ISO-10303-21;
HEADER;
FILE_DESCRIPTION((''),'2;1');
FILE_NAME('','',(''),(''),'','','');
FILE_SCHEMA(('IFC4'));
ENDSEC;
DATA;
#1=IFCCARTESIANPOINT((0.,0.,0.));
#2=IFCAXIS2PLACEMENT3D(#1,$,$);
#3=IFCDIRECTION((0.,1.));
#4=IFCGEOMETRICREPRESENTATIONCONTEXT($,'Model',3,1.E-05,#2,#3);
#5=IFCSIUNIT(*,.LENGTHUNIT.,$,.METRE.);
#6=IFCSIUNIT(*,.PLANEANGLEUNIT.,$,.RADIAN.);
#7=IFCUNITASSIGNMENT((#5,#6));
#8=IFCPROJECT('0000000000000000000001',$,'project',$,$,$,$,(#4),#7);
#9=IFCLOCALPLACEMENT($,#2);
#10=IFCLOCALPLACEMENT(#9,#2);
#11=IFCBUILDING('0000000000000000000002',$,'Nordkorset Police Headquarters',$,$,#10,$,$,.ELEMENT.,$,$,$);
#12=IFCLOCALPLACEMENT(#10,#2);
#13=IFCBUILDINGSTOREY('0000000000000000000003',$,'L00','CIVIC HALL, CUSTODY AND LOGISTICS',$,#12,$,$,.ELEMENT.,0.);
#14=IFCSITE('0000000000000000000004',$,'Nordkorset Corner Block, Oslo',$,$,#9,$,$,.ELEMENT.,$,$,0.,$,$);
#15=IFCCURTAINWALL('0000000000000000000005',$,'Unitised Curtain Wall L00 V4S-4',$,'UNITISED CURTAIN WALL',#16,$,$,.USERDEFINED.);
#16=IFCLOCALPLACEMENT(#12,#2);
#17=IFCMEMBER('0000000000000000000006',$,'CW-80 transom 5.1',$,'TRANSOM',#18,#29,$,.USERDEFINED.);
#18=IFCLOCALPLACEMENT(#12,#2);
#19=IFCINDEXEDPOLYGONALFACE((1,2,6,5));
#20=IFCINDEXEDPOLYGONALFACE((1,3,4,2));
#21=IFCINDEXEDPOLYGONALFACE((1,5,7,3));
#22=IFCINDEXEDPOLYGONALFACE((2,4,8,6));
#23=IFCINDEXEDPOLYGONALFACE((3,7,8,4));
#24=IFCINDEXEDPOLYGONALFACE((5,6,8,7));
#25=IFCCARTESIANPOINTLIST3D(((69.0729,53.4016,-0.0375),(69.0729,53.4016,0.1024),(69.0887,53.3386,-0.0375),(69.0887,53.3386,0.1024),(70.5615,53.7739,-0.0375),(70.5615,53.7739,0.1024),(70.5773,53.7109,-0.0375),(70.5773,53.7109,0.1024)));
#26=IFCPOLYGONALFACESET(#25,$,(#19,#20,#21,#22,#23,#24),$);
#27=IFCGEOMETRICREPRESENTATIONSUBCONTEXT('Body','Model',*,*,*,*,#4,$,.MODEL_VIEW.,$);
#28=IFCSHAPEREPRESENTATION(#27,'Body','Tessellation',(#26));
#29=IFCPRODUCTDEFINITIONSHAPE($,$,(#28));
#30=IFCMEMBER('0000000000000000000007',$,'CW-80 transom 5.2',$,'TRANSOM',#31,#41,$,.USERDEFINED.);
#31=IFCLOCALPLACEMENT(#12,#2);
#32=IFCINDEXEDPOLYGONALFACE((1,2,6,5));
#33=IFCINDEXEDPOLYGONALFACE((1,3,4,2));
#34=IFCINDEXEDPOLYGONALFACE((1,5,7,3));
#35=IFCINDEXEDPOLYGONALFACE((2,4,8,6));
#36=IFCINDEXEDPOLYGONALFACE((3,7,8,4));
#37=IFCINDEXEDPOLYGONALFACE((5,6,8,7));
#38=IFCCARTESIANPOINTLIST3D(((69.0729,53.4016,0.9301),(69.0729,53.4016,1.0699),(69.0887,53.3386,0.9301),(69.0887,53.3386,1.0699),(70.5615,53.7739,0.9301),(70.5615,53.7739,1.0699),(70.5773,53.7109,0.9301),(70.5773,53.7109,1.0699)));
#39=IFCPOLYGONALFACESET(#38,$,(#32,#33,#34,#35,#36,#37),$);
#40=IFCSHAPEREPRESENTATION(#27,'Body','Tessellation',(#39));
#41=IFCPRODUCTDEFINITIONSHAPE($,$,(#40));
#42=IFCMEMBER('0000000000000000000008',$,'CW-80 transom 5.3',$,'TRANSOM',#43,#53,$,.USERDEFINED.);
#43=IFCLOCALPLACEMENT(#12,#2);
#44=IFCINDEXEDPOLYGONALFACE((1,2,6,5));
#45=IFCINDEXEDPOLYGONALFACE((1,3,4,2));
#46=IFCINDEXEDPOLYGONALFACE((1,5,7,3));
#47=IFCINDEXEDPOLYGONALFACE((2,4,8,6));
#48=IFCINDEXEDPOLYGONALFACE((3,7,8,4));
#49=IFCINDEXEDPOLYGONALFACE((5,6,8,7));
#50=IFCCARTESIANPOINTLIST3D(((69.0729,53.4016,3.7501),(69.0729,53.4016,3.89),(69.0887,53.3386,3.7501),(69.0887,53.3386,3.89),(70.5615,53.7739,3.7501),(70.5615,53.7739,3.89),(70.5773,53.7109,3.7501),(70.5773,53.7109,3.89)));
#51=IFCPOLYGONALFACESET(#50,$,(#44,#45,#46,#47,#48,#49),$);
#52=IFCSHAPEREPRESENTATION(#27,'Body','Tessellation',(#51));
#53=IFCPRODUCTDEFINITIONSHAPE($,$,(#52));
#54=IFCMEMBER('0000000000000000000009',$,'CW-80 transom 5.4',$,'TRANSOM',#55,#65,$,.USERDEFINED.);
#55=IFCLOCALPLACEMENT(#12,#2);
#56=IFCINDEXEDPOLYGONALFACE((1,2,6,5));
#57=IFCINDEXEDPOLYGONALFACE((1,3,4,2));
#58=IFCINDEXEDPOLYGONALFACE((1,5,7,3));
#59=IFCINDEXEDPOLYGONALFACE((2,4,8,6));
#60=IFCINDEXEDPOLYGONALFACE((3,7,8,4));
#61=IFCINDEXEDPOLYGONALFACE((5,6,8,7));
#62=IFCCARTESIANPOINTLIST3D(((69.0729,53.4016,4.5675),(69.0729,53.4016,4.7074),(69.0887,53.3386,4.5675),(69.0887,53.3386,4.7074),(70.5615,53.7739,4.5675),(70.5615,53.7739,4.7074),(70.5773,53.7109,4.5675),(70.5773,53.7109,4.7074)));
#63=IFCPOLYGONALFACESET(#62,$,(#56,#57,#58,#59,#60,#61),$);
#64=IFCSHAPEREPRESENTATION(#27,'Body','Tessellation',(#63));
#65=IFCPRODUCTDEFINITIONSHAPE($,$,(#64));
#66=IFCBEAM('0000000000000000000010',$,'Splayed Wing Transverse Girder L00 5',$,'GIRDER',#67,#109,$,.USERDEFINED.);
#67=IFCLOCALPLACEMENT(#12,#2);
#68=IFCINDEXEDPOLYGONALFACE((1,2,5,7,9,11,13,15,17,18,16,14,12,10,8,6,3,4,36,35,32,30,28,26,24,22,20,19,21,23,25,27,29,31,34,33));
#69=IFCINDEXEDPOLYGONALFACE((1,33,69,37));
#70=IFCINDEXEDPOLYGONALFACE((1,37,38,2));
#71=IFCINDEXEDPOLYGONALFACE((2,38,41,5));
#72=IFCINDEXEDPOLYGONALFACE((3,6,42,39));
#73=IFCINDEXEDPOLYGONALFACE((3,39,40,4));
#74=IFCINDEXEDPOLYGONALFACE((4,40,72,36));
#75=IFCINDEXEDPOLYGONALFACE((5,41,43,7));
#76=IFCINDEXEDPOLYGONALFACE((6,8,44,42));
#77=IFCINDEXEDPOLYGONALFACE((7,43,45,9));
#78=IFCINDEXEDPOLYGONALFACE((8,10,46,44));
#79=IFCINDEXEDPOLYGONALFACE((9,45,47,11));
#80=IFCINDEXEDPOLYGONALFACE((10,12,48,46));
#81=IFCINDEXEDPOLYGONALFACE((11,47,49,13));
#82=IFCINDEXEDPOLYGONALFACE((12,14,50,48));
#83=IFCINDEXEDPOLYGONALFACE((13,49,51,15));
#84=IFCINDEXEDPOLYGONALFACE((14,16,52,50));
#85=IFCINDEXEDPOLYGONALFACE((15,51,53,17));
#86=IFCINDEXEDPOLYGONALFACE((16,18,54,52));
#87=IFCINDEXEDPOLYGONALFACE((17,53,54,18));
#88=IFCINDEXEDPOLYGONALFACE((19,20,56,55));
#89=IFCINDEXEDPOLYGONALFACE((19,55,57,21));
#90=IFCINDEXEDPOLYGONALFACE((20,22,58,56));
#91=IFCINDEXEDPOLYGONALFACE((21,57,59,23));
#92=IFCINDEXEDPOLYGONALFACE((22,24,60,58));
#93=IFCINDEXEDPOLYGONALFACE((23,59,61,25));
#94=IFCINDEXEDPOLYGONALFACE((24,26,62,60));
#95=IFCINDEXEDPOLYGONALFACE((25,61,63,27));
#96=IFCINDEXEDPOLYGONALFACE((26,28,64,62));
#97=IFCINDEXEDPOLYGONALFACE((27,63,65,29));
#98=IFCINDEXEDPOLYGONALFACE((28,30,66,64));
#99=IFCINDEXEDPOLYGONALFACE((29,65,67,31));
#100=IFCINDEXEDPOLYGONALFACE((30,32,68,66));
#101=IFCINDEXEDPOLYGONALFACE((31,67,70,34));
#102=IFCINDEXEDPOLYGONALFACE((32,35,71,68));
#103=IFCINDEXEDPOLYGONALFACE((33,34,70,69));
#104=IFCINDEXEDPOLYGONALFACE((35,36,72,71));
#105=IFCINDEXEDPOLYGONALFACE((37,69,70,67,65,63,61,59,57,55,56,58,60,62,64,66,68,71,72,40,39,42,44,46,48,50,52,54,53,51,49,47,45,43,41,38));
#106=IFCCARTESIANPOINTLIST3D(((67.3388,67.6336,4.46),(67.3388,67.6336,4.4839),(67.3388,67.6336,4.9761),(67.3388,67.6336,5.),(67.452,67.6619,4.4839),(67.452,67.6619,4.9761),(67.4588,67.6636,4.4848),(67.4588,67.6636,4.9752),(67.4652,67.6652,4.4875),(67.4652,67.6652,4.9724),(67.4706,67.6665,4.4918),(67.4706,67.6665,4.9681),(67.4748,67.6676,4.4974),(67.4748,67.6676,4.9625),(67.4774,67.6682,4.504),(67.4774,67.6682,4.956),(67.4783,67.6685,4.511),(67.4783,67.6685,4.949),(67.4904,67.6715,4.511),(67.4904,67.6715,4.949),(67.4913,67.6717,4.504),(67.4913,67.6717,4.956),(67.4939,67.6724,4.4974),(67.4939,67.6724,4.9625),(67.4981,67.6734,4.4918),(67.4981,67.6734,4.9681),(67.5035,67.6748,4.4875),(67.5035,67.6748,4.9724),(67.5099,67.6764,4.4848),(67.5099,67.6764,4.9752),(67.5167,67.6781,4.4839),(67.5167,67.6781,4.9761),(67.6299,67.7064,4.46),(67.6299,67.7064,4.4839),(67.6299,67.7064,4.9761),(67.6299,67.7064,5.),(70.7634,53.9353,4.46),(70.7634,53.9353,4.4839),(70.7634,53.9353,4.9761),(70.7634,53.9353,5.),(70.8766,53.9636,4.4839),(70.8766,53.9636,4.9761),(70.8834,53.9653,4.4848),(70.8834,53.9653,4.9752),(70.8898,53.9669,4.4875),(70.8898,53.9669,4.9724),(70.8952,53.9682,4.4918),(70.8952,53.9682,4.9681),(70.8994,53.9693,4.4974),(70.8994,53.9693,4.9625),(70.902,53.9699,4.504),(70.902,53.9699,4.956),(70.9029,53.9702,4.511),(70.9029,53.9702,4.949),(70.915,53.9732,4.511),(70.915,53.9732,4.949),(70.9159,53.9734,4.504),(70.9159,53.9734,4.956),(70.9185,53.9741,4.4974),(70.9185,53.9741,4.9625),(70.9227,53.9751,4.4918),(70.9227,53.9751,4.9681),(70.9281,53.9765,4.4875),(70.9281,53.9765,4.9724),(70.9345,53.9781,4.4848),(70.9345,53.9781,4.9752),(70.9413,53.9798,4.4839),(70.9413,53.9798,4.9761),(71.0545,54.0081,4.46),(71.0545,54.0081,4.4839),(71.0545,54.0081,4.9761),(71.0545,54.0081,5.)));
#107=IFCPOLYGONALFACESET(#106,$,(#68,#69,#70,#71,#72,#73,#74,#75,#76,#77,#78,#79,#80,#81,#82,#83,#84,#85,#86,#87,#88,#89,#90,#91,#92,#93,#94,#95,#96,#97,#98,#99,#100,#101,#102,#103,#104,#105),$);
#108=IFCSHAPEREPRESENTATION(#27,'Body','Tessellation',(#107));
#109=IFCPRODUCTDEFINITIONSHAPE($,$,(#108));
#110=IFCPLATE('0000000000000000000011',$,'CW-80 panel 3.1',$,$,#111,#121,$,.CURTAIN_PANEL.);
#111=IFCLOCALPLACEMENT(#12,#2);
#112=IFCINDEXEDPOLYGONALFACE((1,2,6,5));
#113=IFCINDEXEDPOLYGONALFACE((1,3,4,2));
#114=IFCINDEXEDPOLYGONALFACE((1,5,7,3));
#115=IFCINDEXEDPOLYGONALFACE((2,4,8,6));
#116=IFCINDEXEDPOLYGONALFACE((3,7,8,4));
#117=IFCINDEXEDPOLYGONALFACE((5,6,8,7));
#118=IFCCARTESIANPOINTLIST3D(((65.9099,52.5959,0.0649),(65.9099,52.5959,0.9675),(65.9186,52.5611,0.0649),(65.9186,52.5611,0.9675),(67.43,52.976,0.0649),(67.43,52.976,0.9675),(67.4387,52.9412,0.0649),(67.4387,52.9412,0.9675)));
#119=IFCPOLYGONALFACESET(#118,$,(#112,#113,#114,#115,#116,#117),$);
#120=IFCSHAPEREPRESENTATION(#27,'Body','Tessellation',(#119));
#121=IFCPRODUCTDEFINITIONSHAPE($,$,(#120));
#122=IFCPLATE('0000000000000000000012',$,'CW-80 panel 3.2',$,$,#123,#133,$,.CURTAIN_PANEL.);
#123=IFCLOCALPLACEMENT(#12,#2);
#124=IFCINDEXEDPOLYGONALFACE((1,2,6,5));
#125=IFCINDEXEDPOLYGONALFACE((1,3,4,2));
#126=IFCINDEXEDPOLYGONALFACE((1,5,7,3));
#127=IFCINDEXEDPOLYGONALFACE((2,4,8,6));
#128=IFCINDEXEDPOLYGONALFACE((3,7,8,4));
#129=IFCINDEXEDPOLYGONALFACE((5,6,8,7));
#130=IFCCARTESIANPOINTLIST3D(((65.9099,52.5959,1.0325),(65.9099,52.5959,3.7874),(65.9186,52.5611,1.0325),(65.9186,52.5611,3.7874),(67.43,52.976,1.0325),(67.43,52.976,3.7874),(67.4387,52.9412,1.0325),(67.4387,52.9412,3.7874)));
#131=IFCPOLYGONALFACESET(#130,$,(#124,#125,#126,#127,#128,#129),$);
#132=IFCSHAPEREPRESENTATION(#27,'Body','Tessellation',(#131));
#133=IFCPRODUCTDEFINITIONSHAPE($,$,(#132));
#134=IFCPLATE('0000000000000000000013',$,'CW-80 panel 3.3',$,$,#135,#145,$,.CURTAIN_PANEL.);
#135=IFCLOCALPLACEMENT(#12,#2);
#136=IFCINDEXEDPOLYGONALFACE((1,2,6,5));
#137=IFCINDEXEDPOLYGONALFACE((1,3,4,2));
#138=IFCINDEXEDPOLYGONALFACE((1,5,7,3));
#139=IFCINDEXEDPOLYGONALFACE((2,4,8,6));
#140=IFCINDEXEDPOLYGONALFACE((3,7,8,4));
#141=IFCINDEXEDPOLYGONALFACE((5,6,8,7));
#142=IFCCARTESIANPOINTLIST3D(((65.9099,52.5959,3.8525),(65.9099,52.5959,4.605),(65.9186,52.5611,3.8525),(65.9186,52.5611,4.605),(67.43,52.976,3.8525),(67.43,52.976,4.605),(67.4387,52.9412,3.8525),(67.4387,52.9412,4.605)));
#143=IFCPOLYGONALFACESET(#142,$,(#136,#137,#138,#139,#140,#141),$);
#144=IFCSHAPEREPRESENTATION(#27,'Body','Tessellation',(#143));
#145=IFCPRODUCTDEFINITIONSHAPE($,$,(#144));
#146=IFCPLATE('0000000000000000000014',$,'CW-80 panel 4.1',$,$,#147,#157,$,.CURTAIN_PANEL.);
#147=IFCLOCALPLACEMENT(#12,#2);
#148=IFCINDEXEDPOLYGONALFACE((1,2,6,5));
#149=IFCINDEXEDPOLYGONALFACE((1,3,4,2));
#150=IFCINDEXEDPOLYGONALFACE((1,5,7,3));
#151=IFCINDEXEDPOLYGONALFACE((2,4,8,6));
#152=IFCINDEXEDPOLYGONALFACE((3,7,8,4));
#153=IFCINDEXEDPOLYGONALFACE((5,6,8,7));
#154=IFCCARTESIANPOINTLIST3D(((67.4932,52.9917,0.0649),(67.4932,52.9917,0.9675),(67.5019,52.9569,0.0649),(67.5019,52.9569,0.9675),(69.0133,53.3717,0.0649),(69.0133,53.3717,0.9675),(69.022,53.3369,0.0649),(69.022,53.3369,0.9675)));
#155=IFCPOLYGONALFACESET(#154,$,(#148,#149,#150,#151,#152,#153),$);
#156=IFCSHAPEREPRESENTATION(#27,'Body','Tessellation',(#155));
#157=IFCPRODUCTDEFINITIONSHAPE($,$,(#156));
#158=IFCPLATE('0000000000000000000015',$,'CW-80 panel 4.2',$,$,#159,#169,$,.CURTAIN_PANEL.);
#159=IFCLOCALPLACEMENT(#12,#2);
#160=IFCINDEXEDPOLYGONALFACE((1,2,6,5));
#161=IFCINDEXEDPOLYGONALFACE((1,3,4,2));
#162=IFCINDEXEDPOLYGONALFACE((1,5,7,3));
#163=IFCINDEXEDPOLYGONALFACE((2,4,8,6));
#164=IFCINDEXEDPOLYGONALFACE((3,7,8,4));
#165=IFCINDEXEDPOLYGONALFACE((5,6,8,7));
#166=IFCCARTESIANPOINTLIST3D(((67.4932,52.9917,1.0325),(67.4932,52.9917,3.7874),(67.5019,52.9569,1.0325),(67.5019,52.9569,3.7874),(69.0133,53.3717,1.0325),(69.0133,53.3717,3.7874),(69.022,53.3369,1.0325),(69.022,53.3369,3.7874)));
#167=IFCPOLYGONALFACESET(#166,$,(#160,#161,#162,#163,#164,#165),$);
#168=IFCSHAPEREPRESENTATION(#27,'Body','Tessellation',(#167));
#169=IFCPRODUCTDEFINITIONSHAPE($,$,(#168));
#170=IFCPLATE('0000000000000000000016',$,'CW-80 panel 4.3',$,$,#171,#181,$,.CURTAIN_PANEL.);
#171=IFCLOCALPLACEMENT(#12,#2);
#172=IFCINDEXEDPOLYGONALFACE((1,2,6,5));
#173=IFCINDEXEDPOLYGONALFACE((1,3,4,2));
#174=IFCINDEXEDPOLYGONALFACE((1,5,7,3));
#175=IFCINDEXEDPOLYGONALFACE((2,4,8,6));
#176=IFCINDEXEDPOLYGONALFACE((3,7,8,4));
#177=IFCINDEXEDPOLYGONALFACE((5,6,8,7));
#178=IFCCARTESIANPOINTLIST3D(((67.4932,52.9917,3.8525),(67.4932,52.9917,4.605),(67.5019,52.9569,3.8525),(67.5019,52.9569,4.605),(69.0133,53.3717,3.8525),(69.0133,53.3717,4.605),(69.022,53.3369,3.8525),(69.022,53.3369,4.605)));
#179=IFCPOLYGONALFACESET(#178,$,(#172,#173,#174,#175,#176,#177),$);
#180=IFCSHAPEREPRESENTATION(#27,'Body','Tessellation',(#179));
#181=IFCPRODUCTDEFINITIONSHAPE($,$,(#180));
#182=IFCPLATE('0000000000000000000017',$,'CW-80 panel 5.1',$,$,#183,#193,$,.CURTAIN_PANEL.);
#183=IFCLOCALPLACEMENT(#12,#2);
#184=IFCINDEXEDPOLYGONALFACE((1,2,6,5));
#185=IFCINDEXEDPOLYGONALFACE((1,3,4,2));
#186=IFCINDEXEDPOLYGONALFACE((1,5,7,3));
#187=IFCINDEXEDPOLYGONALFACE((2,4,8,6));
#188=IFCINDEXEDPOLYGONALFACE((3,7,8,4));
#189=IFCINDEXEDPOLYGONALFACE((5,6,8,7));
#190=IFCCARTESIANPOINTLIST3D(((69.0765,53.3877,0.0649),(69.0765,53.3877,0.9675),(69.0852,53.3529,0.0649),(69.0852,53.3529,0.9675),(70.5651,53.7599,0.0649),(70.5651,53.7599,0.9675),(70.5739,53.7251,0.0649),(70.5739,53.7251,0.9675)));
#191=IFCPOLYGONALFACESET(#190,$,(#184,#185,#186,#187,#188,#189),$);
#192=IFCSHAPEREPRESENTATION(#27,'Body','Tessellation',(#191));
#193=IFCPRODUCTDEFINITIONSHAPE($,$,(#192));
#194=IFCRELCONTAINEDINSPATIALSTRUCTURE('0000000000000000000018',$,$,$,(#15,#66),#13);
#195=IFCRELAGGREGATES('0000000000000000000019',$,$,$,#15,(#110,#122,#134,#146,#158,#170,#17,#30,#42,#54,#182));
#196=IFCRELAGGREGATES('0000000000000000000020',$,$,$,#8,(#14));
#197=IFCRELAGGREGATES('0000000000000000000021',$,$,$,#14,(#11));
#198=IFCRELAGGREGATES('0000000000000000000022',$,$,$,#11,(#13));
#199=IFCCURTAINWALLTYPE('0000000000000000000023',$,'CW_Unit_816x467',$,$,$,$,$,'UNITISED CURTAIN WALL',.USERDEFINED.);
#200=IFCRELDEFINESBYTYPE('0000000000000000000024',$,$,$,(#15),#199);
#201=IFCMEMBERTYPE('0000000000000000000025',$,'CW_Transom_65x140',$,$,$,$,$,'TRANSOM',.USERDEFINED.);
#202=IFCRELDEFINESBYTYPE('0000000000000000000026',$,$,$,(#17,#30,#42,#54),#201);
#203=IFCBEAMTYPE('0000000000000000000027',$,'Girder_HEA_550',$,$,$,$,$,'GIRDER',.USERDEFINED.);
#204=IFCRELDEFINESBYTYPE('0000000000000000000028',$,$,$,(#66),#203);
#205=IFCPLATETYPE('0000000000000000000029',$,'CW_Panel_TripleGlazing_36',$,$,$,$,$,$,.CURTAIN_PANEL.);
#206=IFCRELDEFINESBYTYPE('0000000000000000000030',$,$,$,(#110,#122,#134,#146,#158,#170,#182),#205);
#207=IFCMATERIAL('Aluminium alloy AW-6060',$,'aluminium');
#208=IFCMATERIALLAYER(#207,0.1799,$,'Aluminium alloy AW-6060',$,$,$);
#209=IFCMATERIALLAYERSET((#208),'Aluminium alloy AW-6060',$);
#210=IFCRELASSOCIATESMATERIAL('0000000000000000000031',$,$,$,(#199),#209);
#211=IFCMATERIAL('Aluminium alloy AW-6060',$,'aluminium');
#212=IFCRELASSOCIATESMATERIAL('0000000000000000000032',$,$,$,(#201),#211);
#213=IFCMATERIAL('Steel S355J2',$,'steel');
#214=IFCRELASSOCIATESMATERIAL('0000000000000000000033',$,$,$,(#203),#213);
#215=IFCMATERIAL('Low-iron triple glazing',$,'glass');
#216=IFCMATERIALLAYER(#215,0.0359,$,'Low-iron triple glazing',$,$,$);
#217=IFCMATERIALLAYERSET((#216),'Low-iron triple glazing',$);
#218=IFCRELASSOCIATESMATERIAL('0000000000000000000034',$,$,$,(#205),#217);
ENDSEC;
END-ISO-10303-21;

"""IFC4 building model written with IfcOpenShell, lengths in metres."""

from ifc_helpers import new_model, si_unit, direction, frame, origin, origin_2d, place, context, subcontext, project, spatial, rectangle, i_section, extrude, material, layer, layer_set, material_profile, profile_set, type_object, element, aggregate, save


model = new_model("IFC4")

# Units and contexts
model_context = context("Model", 3, precision=1e-05, world=origin(), true_north=direction((0.0, 1.0)))
body_context = subcontext(model_context, "Body", "Model", "MODEL_VIEW")
ifc_project = project(units=[si_unit("LENGTHUNIT", "METRE"), si_unit("PLANEANGLEUNIT", "RADIAN")], contexts=[model_context])

# Site, building, storey
site_placement = place(None, origin())
site = spatial("IfcSite", under=ifc_project, at=site_placement, Name="Nordkorset Corner Block, Oslo", CompositionType="ELEMENT", RefElevation=0.0)
building_placement = place(site_placement, origin())
building = spatial("IfcBuilding", under=site, at=building_placement, Name="Nordkorset Police Headquarters", CompositionType="ELEMENT")
storey_placement = place(building_placement, origin())
storey = spatial("IfcBuildingStorey", under=building, at=storey_placement, Name="L00", Description="CIVIC HALL, CUSTODY AND LOGISTICS", CompositionType="ELEMENT", Elevation=0.0)

# Curtain wall, members
ifc_material_1 = material(Name="Aluminium alloy AW-6060", Category="aluminium")
ifc_layer_1 = layer(ifc_material_1, 0.1799, Name="Aluminium alloy AW-6060")
ifc_layer_set_1 = layer_set([ifc_layer_1], Name="Aluminium alloy AW-6060")
curtain_wall_type = type_object("IfcCurtainWallType", Name="CW_Unit_816x467", ElementType="UNITISED CURTAIN WALL", PredefinedType="USERDEFINED", material=ifc_layer_set_1)
curtain_wall_placement = place(storey_placement, origin())
curtain_wall = element("IfcCurtainWall", 1, at=curtain_wall_placement, inside=storey, type_object=curtain_wall_type, Name="Unitised Curtain Wall L00 V4S-4", ObjectType="UNITISED CURTAIN WALL", PredefinedType="USERDEFINED")
ifc_material_2 = material(Name="Aluminium alloy AW-6060", Category="aluminium")
ifc_material_profile_1 = material_profile(ifc_material_2, rectangle(XDim=0.0649, YDim=0.1399, at=origin_2d()), Name="ALU TRAN 65x140")
ifc_profile_set_1 = profile_set([ifc_material_profile_1], Name="Aluminium alloy AW-6060")
member_type_1 = type_object("IfcMemberType", Name="CW_Transom_65x140", ElementType="TRANSOM", PredefinedType="USERDEFINED", material=ifc_profile_set_1)
member_1_placement = place(storey_placement, frame((69.0808, 53.3701, 0.0325), z_axis=(0.970114, 0.242648, 0.0), x_axis=(-0.242648, 0.970114, 0.0)))
member_1 = element("IfcMember", 2, at=member_1_placement, type_object=member_type_1, Name="CW-80 transom 5.1", ObjectType="TRANSOM", PredefinedType="USERDEFINED", context=body_context, shape_type="SweptSolid", body=[
    extrude(rectangle(XDim=0.0649, YDim=0.1399, at=origin_2d()), origin(), (0.0, 0.0, 1.0), 1.5344),
])
member_2_placement = place(storey_placement, frame((69.0808, 53.3701, 1.0), z_axis=(0.970114, 0.242648, 0.0), x_axis=(-0.242648, 0.970114, 0.0)))
member_2 = element("IfcMember", 3, at=member_2_placement, type_object=member_type_1, Name="CW-80 transom 5.2", ObjectType="TRANSOM", PredefinedType="USERDEFINED", context=body_context, shape_type="SweptSolid", body=[
    extrude(rectangle(XDim=0.0649, YDim=0.1399, at=origin_2d()), origin(), (0.0, 0.0, 1.0), 1.5344),
])
member_3_placement = place(storey_placement, frame((69.0808, 53.3701, 3.8201), z_axis=(0.970114, 0.242648, 0.0), x_axis=(-0.242648, 0.970114, 0.0)))
member_3 = element("IfcMember", 4, at=member_3_placement, type_object=member_type_1, Name="CW-80 transom 5.3", ObjectType="TRANSOM", PredefinedType="USERDEFINED", context=body_context, shape_type="SweptSolid", body=[
    extrude(rectangle(XDim=0.0649, YDim=0.1399, at=origin_2d()), origin(), (0.0, 0.0, 1.0), 1.5344),
])
member_4_placement = place(storey_placement, frame((69.0808, 53.3701, 4.6375), z_axis=(0.970114, 0.242648, 0.0), x_axis=(-0.242648, 0.970114, 0.0)))
member_4 = element("IfcMember", 5, at=member_4_placement, type_object=member_type_1, Name="CW-80 transom 5.4", ObjectType="TRANSOM", PredefinedType="USERDEFINED", context=body_context, shape_type="SweptSolid", body=[
    extrude(rectangle(XDim=0.0649, YDim=0.1399, at=origin_2d()), origin(), (0.0, 0.0, 1.0), 1.5344),
])

# Beam
ifc_material_3 = material(Name="Steel S355J2", Category="steel")
ifc_material_profile_2 = material_profile(ifc_material_3, i_section(OverallWidth=0.3, OverallDepth=0.54, WebThickness=0.0125, FlangeThickness=0.0239, FilletRadius=0.0271, at=origin_2d()), Name="HEA 550")
ifc_profile_set_2 = profile_set([ifc_material_profile_2], Name="Steel S355J2")
beam_type_1 = type_object("IfcBeamType", Name="Girder_HEA_550", ElementType="GIRDER", PredefinedType="USERDEFINED", material=ifc_profile_set_2)
beam_1_placement = place(storey_placement, frame((70.9089, 53.9717, 4.73), z_axis=(-0.242536, 0.970143, 0.0), x_axis=(-0.970143, -0.242536, 0.0)))
element("IfcBeam", 6, at=beam_1_placement, inside=storey, type_object=beam_type_1, Name="Splayed Wing Transverse Girder L00 5", ObjectType="GIRDER", PredefinedType="USERDEFINED", context=body_context, shape_type="SweptSolid", body=[
    extrude(i_section(OverallWidth=0.3, OverallDepth=0.54, WebThickness=0.0125, FlangeThickness=0.0239, FilletRadius=0.0271, at=origin_2d()), origin(), (0.0, 0.0, 1.0), 14.1199),
])

# Plates
ifc_material_4 = material(Name="Low-iron triple glazing", Category="glass")
ifc_layer_2 = layer(ifc_material_4, 0.0359, Name="Low-iron triple glazing")
ifc_layer_set_2 = layer_set([ifc_layer_2], Name="Low-iron triple glazing")
plate_type = type_object("IfcPlateType", Name="CW_Panel_TripleGlazing_36", PredefinedType="CURTAIN_PANEL", material=ifc_layer_set_2)
plate_1_placement = place(storey_placement, frame((66.6743, 52.7686, 0.0649), z_axis=(0.0, 0.0, 1.0), x_axis=(0.970143, 0.242536, 0.0)))
plate_1 = element("IfcPlate", 7, at=plate_1_placement, type_object=plate_type, Name="CW-80 panel 3.1", PredefinedType="CURTAIN_PANEL", context=body_context, shape_type="SweptSolid", body=[
    extrude(rectangle(XDim=1.5669, YDim=0.0359, at=origin_2d()), origin(), (0.0, 0.0, 1.0), 0.9026),
])
plate_2_placement = place(storey_placement, frame((66.6743, 52.7686, 1.0325), z_axis=(0.0, 0.0, 1.0), x_axis=(0.970143, 0.242536, 0.0)))
plate_2 = element("IfcPlate", 8, at=plate_2_placement, type_object=plate_type, Name="CW-80 panel 3.2", PredefinedType="CURTAIN_PANEL", context=body_context, shape_type="SweptSolid", body=[
    extrude(rectangle(XDim=1.5669, YDim=0.0359, at=origin_2d()), origin(), (0.0, 0.0, 1.0), 2.7549),
])
plate_3_placement = place(storey_placement, frame((66.6743, 52.7686, 3.8525), z_axis=(0.0, 0.0, 1.0), x_axis=(0.970143, 0.242536, 0.0)))
plate_3 = element("IfcPlate", 9, at=plate_3_placement, type_object=plate_type, Name="CW-80 panel 3.3", PredefinedType="CURTAIN_PANEL", context=body_context, shape_type="SweptSolid", body=[
    extrude(rectangle(XDim=1.5669, YDim=0.0359, at=origin_2d()), origin(), (0.0, 0.0, 1.0), 0.7524),
])
plate_4_placement = place(storey_placement, frame((68.2576, 53.1643, 0.0649), z_axis=(0.0, 0.0, 1.0), x_axis=(0.970143, 0.242536, 0.0)))
plate_4 = element("IfcPlate", 10, at=plate_4_placement, type_object=plate_type, Name="CW-80 panel 4.1", PredefinedType="CURTAIN_PANEL", context=body_context, shape_type="SweptSolid", body=[
    extrude(rectangle(XDim=1.5669, YDim=0.0359, at=origin_2d()), origin(), (0.0, 0.0, 1.0), 0.9026),
])
plate_5_placement = place(storey_placement, frame((68.2576, 53.1643, 1.0325), z_axis=(0.0, 0.0, 1.0), x_axis=(0.970143, 0.242536, 0.0)))
plate_5 = element("IfcPlate", 11, at=plate_5_placement, type_object=plate_type, Name="CW-80 panel 4.2", PredefinedType="CURTAIN_PANEL", context=body_context, shape_type="SweptSolid", body=[
    extrude(rectangle(XDim=1.5669, YDim=0.0359, at=origin_2d()), origin(), (0.0, 0.0, 1.0), 2.7549),
])
plate_6_placement = place(storey_placement, frame((68.2576, 53.1643, 3.8525), z_axis=(0.0, 0.0, 1.0), x_axis=(0.970143, 0.242536, 0.0)))
plate_6 = element("IfcPlate", 12, at=plate_6_placement, type_object=plate_type, Name="CW-80 panel 4.3", PredefinedType="CURTAIN_PANEL", context=body_context, shape_type="SweptSolid", body=[
    extrude(rectangle(XDim=1.5669, YDim=0.0359, at=origin_2d()), origin(), (0.0, 0.0, 1.0), 0.7524),
])
plate_7_placement = place(storey_placement, frame((69.8252, 53.5564, 0.0649), z_axis=(0.0, 0.0, 1.0), x_axis=(0.970143, 0.242536, 0.0)))
plate_7 = element("IfcPlate", 13, at=plate_7_placement, type_object=plate_type, Name="CW-80 panel 5.1", PredefinedType="CURTAIN_PANEL", context=body_context, shape_type="SweptSolid", body=[
    extrude(rectangle(XDim=1.5344, YDim=0.0359, at=origin_2d()), origin(), (0.0, 0.0, 1.0), 0.9026),
])
aggregate(curtain_wall, [plate_1, plate_2, plate_3, plate_4, plate_5, plate_6, member_1, member_2, member_3, member_4, plate_7])

save(model, "model.ifc")
